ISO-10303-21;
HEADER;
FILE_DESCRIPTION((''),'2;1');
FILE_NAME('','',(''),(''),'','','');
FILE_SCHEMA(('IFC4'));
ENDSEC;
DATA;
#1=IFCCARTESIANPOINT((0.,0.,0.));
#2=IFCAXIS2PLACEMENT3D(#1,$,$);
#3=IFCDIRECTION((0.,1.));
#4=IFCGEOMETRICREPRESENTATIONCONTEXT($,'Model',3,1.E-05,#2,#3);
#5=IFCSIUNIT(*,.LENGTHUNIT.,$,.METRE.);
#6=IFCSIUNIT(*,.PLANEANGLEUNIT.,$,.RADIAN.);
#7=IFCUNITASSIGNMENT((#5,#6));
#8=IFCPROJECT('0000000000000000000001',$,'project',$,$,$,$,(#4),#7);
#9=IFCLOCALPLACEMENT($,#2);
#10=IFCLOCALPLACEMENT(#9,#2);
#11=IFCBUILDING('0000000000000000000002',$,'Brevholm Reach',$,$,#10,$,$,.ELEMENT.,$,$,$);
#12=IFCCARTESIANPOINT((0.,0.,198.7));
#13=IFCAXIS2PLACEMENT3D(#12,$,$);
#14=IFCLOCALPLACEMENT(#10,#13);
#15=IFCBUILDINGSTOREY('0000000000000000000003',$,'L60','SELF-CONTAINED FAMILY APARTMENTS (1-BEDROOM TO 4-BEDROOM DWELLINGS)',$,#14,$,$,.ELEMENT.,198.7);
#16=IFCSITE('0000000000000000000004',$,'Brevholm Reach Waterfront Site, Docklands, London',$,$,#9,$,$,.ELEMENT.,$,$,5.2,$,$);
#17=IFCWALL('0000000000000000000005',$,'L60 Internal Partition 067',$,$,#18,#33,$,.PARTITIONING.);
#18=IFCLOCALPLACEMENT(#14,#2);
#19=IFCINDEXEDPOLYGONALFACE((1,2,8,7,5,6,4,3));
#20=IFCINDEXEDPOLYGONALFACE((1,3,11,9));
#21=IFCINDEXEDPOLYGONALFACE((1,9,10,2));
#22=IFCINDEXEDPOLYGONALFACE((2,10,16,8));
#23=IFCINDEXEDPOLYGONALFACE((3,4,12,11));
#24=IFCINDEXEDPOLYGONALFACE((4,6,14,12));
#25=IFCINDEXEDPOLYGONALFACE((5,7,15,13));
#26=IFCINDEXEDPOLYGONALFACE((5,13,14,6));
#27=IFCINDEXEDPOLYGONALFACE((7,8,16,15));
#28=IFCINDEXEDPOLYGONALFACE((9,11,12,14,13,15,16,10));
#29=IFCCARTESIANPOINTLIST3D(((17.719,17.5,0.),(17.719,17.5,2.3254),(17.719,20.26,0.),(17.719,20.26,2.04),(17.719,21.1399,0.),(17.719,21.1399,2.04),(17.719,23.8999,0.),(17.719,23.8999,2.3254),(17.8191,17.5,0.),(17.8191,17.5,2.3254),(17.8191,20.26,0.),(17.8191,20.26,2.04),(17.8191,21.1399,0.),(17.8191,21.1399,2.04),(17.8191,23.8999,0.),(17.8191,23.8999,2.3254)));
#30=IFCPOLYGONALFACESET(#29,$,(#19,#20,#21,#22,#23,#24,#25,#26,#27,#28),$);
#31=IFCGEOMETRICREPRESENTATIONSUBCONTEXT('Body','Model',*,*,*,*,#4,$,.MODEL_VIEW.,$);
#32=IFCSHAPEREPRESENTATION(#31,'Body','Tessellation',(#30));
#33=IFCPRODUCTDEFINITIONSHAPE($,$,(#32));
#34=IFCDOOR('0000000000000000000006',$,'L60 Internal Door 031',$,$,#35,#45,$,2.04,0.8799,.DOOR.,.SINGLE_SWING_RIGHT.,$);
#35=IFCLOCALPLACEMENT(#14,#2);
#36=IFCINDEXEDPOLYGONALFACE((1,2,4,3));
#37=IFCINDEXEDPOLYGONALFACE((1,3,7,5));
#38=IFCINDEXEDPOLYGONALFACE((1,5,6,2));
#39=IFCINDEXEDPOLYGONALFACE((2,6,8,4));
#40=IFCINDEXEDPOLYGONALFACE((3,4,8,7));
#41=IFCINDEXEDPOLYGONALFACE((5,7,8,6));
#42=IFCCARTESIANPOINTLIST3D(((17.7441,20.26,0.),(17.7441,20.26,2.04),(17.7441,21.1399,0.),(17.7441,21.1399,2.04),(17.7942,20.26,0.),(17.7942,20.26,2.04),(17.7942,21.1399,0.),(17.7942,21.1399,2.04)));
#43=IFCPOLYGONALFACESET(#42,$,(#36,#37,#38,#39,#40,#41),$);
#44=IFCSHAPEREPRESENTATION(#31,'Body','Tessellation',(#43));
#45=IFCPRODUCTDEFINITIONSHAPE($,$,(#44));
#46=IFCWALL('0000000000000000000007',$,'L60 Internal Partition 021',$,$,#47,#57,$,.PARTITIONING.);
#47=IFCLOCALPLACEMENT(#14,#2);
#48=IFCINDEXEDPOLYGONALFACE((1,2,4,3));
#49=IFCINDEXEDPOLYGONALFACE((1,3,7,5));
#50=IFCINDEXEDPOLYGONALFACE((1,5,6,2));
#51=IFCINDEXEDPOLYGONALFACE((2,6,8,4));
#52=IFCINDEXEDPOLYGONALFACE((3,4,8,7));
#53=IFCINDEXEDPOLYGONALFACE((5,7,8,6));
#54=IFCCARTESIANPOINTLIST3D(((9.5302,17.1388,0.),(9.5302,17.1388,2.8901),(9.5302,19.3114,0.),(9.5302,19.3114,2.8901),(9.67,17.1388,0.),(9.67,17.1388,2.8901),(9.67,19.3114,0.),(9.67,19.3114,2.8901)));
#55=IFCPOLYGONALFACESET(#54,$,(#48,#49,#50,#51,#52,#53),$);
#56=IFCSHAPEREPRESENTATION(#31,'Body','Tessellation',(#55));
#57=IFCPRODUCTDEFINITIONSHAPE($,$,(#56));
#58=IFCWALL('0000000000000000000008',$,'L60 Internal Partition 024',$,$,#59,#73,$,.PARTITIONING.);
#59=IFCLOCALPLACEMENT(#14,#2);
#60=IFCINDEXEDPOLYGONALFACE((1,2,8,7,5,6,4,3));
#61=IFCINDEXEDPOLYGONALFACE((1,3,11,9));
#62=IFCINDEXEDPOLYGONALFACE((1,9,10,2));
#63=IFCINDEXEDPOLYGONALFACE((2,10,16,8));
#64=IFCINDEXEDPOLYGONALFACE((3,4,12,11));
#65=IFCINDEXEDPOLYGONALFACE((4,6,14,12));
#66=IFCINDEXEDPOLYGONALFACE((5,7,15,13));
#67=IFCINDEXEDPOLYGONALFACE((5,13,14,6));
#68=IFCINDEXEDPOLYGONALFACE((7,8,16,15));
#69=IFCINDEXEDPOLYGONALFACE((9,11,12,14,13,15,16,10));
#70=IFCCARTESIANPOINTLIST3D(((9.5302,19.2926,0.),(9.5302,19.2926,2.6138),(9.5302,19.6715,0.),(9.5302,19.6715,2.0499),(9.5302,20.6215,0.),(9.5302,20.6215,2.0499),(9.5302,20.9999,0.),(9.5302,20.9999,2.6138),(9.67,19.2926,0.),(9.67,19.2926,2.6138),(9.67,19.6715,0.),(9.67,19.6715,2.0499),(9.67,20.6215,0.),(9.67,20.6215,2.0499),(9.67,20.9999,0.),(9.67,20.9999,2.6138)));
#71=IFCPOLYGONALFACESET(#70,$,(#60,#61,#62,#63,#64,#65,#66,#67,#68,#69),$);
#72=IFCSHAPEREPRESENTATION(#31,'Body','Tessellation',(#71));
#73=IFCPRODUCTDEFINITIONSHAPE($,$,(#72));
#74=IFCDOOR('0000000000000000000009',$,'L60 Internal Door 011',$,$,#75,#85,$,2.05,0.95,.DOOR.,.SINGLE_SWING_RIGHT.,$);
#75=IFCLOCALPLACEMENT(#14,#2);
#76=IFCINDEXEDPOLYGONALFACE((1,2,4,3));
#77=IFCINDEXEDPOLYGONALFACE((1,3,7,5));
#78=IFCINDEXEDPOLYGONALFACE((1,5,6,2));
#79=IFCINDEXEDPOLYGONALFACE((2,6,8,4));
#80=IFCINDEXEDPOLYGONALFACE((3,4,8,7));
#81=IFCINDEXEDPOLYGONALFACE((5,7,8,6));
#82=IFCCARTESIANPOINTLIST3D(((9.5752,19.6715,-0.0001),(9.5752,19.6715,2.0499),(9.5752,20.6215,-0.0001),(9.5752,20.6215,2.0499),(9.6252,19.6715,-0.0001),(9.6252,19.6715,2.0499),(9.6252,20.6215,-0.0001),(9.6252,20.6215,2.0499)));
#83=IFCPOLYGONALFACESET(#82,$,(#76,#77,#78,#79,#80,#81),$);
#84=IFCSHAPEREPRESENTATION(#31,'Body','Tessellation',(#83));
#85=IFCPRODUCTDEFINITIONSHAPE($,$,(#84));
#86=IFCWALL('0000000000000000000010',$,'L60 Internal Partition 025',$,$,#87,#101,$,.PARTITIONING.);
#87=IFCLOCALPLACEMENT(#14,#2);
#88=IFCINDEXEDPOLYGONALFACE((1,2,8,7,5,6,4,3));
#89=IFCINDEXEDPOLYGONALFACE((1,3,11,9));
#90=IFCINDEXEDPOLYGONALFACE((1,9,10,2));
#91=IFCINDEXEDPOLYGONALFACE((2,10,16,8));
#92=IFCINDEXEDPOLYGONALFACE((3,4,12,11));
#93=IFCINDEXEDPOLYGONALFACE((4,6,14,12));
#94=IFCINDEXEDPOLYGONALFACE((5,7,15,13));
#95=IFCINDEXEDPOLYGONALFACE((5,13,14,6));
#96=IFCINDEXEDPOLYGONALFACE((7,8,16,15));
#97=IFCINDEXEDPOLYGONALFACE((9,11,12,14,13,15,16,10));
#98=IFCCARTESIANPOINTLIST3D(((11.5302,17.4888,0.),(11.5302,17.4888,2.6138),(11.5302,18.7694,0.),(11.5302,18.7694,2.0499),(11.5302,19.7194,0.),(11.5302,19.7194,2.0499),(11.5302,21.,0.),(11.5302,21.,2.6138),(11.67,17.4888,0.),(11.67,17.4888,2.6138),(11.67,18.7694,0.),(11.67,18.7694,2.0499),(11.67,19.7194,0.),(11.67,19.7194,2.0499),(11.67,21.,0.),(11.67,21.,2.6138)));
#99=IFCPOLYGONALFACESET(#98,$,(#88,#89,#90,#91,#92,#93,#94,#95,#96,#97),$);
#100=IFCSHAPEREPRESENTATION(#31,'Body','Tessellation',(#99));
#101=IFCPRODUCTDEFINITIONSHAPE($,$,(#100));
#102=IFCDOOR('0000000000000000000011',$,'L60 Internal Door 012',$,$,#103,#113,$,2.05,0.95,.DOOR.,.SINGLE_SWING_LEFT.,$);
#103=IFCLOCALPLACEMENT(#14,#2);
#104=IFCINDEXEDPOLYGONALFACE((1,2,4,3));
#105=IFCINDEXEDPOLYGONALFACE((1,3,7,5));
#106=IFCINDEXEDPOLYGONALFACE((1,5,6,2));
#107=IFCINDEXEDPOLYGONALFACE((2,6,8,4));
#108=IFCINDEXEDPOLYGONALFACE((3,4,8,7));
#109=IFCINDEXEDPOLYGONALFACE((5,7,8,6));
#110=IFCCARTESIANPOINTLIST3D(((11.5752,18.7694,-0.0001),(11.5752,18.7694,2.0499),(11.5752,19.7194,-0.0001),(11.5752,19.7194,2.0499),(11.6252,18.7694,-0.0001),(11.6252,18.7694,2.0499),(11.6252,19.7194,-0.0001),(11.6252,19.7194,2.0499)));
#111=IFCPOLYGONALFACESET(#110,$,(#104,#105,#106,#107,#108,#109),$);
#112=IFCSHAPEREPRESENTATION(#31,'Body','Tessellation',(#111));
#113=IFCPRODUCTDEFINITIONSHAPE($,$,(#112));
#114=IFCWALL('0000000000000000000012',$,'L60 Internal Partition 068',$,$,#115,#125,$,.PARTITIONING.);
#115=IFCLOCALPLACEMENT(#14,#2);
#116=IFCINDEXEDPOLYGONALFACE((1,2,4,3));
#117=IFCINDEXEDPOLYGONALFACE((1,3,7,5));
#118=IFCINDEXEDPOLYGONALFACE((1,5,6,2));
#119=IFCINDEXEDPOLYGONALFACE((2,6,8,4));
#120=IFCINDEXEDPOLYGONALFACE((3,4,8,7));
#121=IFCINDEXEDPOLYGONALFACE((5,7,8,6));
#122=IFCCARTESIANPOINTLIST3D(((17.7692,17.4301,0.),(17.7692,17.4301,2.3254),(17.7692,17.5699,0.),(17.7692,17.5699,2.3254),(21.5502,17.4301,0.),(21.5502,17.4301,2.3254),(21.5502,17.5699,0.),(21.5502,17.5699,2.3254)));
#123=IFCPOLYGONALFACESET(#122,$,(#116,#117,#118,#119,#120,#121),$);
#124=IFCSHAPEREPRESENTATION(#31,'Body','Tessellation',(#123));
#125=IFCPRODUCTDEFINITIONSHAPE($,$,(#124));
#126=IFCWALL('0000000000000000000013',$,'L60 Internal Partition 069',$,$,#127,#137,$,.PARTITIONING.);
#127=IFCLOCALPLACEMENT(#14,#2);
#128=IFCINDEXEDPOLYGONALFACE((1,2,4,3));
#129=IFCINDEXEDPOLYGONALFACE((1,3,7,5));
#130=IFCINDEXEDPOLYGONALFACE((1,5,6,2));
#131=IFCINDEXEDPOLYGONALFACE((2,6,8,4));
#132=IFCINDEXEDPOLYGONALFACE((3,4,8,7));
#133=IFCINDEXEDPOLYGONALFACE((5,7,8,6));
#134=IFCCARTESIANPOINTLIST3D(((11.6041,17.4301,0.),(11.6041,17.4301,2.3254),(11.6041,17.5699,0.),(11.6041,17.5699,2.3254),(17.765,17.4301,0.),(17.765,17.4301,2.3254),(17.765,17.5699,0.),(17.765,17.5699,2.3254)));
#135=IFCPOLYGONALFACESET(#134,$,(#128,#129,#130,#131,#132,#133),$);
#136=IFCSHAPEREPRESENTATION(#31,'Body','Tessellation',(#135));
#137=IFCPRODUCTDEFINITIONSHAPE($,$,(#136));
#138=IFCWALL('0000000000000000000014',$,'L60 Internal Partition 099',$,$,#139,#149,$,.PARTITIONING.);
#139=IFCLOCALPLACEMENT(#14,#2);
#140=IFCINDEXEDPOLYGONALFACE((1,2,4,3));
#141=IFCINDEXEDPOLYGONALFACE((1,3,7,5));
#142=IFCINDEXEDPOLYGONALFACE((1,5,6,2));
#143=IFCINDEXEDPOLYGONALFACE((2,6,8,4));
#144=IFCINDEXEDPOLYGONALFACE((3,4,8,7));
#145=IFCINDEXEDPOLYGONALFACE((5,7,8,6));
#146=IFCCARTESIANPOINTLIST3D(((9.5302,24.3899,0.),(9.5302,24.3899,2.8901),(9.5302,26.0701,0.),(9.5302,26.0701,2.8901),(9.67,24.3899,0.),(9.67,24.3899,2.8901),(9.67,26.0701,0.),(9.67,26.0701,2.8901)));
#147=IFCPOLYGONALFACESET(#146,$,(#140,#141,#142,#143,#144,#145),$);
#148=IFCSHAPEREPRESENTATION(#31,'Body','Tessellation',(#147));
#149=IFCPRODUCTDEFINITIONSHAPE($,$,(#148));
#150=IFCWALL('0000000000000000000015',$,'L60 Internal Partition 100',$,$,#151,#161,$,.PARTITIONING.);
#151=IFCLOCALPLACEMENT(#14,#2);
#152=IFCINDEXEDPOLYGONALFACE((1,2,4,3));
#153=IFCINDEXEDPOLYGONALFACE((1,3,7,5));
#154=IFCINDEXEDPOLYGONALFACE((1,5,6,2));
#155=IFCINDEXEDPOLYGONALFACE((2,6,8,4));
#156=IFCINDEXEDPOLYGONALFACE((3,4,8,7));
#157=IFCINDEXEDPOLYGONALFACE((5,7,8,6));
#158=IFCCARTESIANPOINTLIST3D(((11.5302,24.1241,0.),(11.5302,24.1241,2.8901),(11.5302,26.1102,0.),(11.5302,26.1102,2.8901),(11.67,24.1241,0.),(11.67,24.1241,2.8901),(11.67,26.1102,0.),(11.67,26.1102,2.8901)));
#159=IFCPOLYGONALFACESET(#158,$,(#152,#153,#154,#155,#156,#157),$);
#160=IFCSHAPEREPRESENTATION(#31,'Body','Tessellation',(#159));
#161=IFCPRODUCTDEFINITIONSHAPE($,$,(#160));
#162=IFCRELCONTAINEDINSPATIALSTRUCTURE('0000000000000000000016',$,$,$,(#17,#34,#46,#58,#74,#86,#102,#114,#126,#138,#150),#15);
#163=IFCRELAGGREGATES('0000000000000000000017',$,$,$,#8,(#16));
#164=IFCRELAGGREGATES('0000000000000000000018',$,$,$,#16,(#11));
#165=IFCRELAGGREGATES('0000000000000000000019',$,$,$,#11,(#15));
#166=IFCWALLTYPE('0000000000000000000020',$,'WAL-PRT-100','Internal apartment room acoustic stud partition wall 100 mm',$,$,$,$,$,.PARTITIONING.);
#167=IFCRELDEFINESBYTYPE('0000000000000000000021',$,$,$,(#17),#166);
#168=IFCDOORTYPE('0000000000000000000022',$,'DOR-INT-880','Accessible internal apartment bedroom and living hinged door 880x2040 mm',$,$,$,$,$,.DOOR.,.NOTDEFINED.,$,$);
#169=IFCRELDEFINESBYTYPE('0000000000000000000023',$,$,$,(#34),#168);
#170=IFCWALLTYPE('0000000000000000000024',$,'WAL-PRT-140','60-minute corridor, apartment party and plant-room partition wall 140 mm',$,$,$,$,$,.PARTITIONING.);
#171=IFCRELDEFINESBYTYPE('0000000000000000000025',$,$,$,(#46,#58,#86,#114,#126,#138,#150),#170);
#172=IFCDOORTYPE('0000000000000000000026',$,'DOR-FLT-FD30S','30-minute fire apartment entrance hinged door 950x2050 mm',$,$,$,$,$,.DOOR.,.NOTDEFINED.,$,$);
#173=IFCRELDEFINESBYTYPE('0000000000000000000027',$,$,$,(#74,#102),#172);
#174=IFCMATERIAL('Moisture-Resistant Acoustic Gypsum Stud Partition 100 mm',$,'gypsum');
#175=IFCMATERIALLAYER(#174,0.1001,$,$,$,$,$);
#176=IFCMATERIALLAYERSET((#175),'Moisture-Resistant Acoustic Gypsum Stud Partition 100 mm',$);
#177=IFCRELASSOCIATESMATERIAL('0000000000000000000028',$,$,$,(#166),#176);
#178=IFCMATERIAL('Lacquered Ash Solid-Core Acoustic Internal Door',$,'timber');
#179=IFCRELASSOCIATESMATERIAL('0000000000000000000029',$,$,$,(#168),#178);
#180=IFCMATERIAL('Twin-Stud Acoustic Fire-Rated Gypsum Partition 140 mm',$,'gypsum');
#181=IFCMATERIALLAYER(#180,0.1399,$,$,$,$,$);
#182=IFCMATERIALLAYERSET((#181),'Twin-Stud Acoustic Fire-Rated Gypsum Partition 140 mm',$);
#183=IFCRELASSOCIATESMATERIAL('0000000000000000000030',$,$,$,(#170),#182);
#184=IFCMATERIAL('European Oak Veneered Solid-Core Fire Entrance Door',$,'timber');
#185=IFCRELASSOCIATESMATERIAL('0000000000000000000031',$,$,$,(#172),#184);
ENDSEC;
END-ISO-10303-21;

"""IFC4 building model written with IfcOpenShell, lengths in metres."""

from ifc_helpers import new_model, si_unit, direction, frame, frame_2d, origin, place, context, subcontext, project, spatial, rectangle, extrude, material, layer, layer_set, type_object, element, fill, save


model = new_model("IFC4")

# Units and contexts
model_context = context("Model", 3, precision=1e-05, world=origin(), true_north=direction((0.0, 1.0)))
body_context = subcontext(model_context, "Body", "Model", "MODEL_VIEW")
ifc_project = project(units=[si_unit("LENGTHUNIT", "METRE"), si_unit("PLANEANGLEUNIT", "RADIAN")], contexts=[model_context])

# Site, building, storey
site_placement = place(None, origin())
site = spatial("IfcSite", under=ifc_project, at=site_placement, Name="Brevholm Reach Waterfront Site, Docklands, London", CompositionType="ELEMENT", RefElevation=5.2)
building_placement = place(site_placement, origin())
building = spatial("IfcBuilding", under=site, at=building_placement, Name="Brevholm Reach", CompositionType="ELEMENT")
storey_placement = place(building_placement, frame((0.0, 0.0, 198.7)))
storey = spatial("IfcBuildingStorey", under=building, at=storey_placement, Name="L60", Description="SELF-CONTAINED FAMILY APARTMENTS (1-BEDROOM TO 4-BEDROOM DWELLINGS)", CompositionType="ELEMENT", Elevation=198.7)

# Shared definitions
ifc_material_1 = material(Name="Moisture-Resistant Acoustic Gypsum Stud Partition 100 mm", Category="gypsum")
ifc_layer_1 = layer(ifc_material_1, 0.1001)
ifc_layer_set_1 = layer_set([ifc_layer_1], Name="Moisture-Resistant Acoustic Gypsum Stud Partition 100 mm")
wall_type_1 = type_object("IfcWallType", Name="WAL-PRT-100", Description="Internal apartment room acoustic stud partition wall 100 mm", PredefinedType="PARTITIONING", material=ifc_layer_set_1)

# Shared definitions
ifc_material_2 = material(Name="Lacquered Ash Solid-Core Acoustic Internal Door", Category="timber")
door_type_1 = type_object("IfcDoorType", Name="DOR-INT-880", Description="Accessible internal apartment bedroom and living hinged door 880x2040 mm", OperationType="NOTDEFINED", PredefinedType="DOOR", material=ifc_material_2)

# Wall, opening, door
wall_1_placement = place(storey_placement, frame((17.769, 17.5, 0.0), z_axis=(0.0, 0.0, 1.0), x_axis=(0.0, 1.0, 0.0)))
wall_1 = element("IfcWall", 1, at=wall_1_placement, inside=storey, type_object=wall_type_1, Name="L60 Internal Partition 067", PredefinedType="PARTITIONING", context=body_context, shape_type="SweptSolid", body=[
    extrude(rectangle(XDim=6.3999, YDim=0.1001, at=frame_2d((3.2, 0.0))), origin(), (0.0, 0.0, 1.0), 2.3254),
])
opening_1_placement = place(wall_1_placement, frame((2.76, 0.0, 0.0)))
opening_1 = element("IfcOpeningElement", 2, at=opening_1_placement, cuts=wall_1, PredefinedType="OPENING", context=body_context, shape_type="SweptSolid", body=[
    extrude(rectangle(XDim=0.8799, YDim=2.04, at=frame_2d((0.4399, 1.02))), frame((0.0, 0.0601, 0.0), z_axis=(0.0, -1.0, 0.0), x_axis=(1.0, 0.0, 0.0)), (0.0, 0.0, 1.0), 0.1201),
])
door_1_placement = place(opening_1_placement, origin())
door_1 = element("IfcDoor", 3, at=door_1_placement, inside=storey, type_object=door_type_1, Name="L60 Internal Door 031", OperationType="SINGLE_SWING_RIGHT", OverallHeight=2.04, OverallWidth=0.8799, PredefinedType="DOOR", context=body_context, shape_type="SweptSolid", body=[
    extrude(rectangle(XDim=0.8799, YDim=2.04, at=frame_2d((0.4399, 1.02))), frame((0.0, 0.0249, 0.0), z_axis=(0.0, -1.0, 0.0), x_axis=(1.0, 0.0, 0.0)), (0.0, 0.0, 1.0), 0.05),
])
fill(opening_1, door_1)

# Wall
ifc_material_3 = material(Name="Twin-Stud Acoustic Fire-Rated Gypsum Partition 140 mm", Category="gypsum")
ifc_layer_2 = layer(ifc_material_3, 0.1399)
ifc_layer_set_2 = layer_set([ifc_layer_2], Name="Twin-Stud Acoustic Fire-Rated Gypsum Partition 140 mm")
wall_type_2 = type_object("IfcWallType", Name="WAL-PRT-140", Description="60-minute corridor, apartment party and plant-room partition wall 140 mm", PredefinedType="PARTITIONING", material=ifc_layer_set_2)
wall_2_placement = place(storey_placement, frame((9.6001, 17.1387, 0.0), z_axis=(0.0, 0.0, 1.0), x_axis=(0.0, 1.0, 0.0)))
element("IfcWall", 4, at=wall_2_placement, inside=storey, type_object=wall_type_2, Name="L60 Internal Partition 021", PredefinedType="PARTITIONING", context=body_context, shape_type="SweptSolid", body=[
    extrude(rectangle(XDim=2.1726, YDim=0.1399, at=frame_2d((1.0864, 0.0))), origin(), (0.0, 0.0, 1.0), 2.8901),
])

# Walls, openings, doors
wall_3_placement = place(storey_placement, frame((9.6001, 19.2927, 0.0), z_axis=(0.0, 0.0, 1.0), x_axis=(0.0, 1.0, 0.0)))
wall_3 = element("IfcWall", 5, at=wall_3_placement, inside=storey, type_object=wall_type_2, Name="L60 Internal Partition 024", PredefinedType="PARTITIONING", context=body_context, shape_type="SweptSolid", body=[
    extrude(rectangle(XDim=1.7073, YDim=0.1399, at=frame_2d((0.8535, 0.0))), origin(), (0.0, 0.0, 1.0), 2.6138),
])
opening_2_placement = place(wall_3_placement, frame((0.3787, 0.0, 0.0)))
opening_2 = element("IfcOpeningElement", 6, at=opening_2_placement, cuts=wall_3, PredefinedType="OPENING", context=body_context, shape_type="SweptSolid", body=[
    extrude(rectangle(XDim=0.95, YDim=2.05, at=frame_2d((0.4751, 1.0249))), frame((0.0, 0.0798, 0.0), z_axis=(0.0, -1.0, 0.0), x_axis=(1.0, 0.0, 0.0)), (0.0, 0.0, 1.0), 0.1599),
])
ifc_material_4 = material(Name="European Oak Veneered Solid-Core Fire Entrance Door", Category="timber")
door_type_2 = type_object("IfcDoorType", Name="DOR-FLT-FD30S", Description="30-minute fire apartment entrance hinged door 950x2050 mm", OperationType="NOTDEFINED", PredefinedType="DOOR", material=ifc_material_4)
door_2_placement = place(opening_2_placement, origin())
door_2 = element("IfcDoor", 7, at=door_2_placement, inside=storey, type_object=door_type_2, Name="L60 Internal Door 011", OperationType="SINGLE_SWING_RIGHT", OverallHeight=2.05, OverallWidth=0.95, PredefinedType="DOOR", context=body_context, shape_type="SweptSolid", body=[
    extrude(rectangle(XDim=0.95, YDim=2.05, at=frame_2d((0.4751, 1.0249))), frame((0.0, 0.0249, 0.0), z_axis=(0.0, -1.0, 0.0), x_axis=(1.0, 0.0, 0.0)), (0.0, 0.0, 1.0), 0.05),
])
fill(opening_2, door_2)
wall_4_placement = place(storey_placement, frame((11.6001, 17.4888, 0.0), z_axis=(0.0, 0.0, 1.0), x_axis=(0.0, 1.0, 0.0)))
wall_4 = element("IfcWall", 8, at=wall_4_placement, inside=storey, type_object=wall_type_2, Name="L60 Internal Partition 025", PredefinedType="PARTITIONING", context=body_context, shape_type="SweptSolid", body=[
    extrude(rectangle(XDim=3.5112, YDim=0.1399, at=frame_2d((1.7556, 0.0))), origin(), (0.0, 0.0, 1.0), 2.6138),
])
opening_3_placement = place(wall_4_placement, frame((1.2805, 0.0, 0.0)))
opening_3 = element("IfcOpeningElement", 9, at=opening_3_placement, cuts=wall_4, PredefinedType="OPENING", context=body_context, shape_type="SweptSolid", body=[
    extrude(rectangle(XDim=0.95, YDim=2.05, at=frame_2d((0.4751, 1.0249))), frame((0.0, 0.0798, 0.0), z_axis=(0.0, -1.0, 0.0), x_axis=(1.0, 0.0, 0.0)), (0.0, 0.0, 1.0), 0.1599),
])
door_3_placement = place(opening_3_placement, origin())
door_3 = element("IfcDoor", 10, at=door_3_placement, inside=storey, type_object=door_type_2, Name="L60 Internal Door 012", OperationType="SINGLE_SWING_LEFT", OverallHeight=2.05, OverallWidth=0.95, PredefinedType="DOOR", context=body_context, shape_type="SweptSolid", body=[
    extrude(rectangle(XDim=0.95, YDim=2.05, at=frame_2d((0.4751, 1.0249))), frame((0.0, 0.0249, 0.0), z_axis=(0.0, -1.0, 0.0), x_axis=(1.0, 0.0, 0.0)), (0.0, 0.0, 1.0), 0.05),
])
fill(opening_3, door_3)

# Walls
wall_5_placement = place(storey_placement, frame((17.769, 17.5, 0.0), z_axis=(0.0, 0.0, 1.0), x_axis=(1.0, 0.0, 0.0)))
element("IfcWall", 11, at=wall_5_placement, inside=storey, type_object=wall_type_2, Name="L60 Internal Partition 068", PredefinedType="PARTITIONING", context=body_context, shape_type="SweptSolid", body=[
    extrude(rectangle(XDim=3.781, YDim=0.1399, at=frame_2d((1.8906, 0.0))), origin(), (0.0, 0.0, 1.0), 2.3254),
])
wall_6_placement = place(storey_placement, frame((11.604, 17.5, 0.0), z_axis=(0.0, 0.0, 1.0), x_axis=(1.0, 0.0, 0.0)))
element("IfcWall", 12, at=wall_6_placement, inside=storey, type_object=wall_type_2, Name="L60 Internal Partition 069", PredefinedType="PARTITIONING", context=body_context, shape_type="SweptSolid", body=[
    extrude(rectangle(XDim=6.1609, YDim=0.1399, at=frame_2d((3.0806, 0.0))), origin(), (0.0, 0.0, 1.0), 2.3254),
])
wall_7_placement = place(storey_placement, frame((9.6001, 24.3899, 0.0), z_axis=(0.0, 0.0, 1.0), x_axis=(0.0, 1.0, 0.0)))
element("IfcWall", 13, at=wall_7_placement, inside=storey, type_object=wall_type_2, Name="L60 Internal Partition 099", PredefinedType="PARTITIONING", context=body_context, shape_type="SweptSolid", body=[
    extrude(rectangle(XDim=1.6802, YDim=0.1399, at=frame_2d((0.8401, 0.0))), origin(), (0.0, 0.0, 1.0), 2.8901),
])
wall_8_placement = place(storey_placement, frame((11.6001, 24.124, 0.0), z_axis=(0.0, 0.0, 1.0), x_axis=(0.0, 1.0, 0.0)))
element("IfcWall", 14, at=wall_8_placement, inside=storey, type_object=wall_type_2, Name="L60 Internal Partition 100", PredefinedType="PARTITIONING", context=body_context, shape_type="SweptSolid", body=[
    extrude(rectangle(XDim=1.9861, YDim=0.1399, at=frame_2d((0.9932, 0.0))), origin(), (0.0, 0.0, 1.0), 2.8901),
])

save(model, "model.ifc")
